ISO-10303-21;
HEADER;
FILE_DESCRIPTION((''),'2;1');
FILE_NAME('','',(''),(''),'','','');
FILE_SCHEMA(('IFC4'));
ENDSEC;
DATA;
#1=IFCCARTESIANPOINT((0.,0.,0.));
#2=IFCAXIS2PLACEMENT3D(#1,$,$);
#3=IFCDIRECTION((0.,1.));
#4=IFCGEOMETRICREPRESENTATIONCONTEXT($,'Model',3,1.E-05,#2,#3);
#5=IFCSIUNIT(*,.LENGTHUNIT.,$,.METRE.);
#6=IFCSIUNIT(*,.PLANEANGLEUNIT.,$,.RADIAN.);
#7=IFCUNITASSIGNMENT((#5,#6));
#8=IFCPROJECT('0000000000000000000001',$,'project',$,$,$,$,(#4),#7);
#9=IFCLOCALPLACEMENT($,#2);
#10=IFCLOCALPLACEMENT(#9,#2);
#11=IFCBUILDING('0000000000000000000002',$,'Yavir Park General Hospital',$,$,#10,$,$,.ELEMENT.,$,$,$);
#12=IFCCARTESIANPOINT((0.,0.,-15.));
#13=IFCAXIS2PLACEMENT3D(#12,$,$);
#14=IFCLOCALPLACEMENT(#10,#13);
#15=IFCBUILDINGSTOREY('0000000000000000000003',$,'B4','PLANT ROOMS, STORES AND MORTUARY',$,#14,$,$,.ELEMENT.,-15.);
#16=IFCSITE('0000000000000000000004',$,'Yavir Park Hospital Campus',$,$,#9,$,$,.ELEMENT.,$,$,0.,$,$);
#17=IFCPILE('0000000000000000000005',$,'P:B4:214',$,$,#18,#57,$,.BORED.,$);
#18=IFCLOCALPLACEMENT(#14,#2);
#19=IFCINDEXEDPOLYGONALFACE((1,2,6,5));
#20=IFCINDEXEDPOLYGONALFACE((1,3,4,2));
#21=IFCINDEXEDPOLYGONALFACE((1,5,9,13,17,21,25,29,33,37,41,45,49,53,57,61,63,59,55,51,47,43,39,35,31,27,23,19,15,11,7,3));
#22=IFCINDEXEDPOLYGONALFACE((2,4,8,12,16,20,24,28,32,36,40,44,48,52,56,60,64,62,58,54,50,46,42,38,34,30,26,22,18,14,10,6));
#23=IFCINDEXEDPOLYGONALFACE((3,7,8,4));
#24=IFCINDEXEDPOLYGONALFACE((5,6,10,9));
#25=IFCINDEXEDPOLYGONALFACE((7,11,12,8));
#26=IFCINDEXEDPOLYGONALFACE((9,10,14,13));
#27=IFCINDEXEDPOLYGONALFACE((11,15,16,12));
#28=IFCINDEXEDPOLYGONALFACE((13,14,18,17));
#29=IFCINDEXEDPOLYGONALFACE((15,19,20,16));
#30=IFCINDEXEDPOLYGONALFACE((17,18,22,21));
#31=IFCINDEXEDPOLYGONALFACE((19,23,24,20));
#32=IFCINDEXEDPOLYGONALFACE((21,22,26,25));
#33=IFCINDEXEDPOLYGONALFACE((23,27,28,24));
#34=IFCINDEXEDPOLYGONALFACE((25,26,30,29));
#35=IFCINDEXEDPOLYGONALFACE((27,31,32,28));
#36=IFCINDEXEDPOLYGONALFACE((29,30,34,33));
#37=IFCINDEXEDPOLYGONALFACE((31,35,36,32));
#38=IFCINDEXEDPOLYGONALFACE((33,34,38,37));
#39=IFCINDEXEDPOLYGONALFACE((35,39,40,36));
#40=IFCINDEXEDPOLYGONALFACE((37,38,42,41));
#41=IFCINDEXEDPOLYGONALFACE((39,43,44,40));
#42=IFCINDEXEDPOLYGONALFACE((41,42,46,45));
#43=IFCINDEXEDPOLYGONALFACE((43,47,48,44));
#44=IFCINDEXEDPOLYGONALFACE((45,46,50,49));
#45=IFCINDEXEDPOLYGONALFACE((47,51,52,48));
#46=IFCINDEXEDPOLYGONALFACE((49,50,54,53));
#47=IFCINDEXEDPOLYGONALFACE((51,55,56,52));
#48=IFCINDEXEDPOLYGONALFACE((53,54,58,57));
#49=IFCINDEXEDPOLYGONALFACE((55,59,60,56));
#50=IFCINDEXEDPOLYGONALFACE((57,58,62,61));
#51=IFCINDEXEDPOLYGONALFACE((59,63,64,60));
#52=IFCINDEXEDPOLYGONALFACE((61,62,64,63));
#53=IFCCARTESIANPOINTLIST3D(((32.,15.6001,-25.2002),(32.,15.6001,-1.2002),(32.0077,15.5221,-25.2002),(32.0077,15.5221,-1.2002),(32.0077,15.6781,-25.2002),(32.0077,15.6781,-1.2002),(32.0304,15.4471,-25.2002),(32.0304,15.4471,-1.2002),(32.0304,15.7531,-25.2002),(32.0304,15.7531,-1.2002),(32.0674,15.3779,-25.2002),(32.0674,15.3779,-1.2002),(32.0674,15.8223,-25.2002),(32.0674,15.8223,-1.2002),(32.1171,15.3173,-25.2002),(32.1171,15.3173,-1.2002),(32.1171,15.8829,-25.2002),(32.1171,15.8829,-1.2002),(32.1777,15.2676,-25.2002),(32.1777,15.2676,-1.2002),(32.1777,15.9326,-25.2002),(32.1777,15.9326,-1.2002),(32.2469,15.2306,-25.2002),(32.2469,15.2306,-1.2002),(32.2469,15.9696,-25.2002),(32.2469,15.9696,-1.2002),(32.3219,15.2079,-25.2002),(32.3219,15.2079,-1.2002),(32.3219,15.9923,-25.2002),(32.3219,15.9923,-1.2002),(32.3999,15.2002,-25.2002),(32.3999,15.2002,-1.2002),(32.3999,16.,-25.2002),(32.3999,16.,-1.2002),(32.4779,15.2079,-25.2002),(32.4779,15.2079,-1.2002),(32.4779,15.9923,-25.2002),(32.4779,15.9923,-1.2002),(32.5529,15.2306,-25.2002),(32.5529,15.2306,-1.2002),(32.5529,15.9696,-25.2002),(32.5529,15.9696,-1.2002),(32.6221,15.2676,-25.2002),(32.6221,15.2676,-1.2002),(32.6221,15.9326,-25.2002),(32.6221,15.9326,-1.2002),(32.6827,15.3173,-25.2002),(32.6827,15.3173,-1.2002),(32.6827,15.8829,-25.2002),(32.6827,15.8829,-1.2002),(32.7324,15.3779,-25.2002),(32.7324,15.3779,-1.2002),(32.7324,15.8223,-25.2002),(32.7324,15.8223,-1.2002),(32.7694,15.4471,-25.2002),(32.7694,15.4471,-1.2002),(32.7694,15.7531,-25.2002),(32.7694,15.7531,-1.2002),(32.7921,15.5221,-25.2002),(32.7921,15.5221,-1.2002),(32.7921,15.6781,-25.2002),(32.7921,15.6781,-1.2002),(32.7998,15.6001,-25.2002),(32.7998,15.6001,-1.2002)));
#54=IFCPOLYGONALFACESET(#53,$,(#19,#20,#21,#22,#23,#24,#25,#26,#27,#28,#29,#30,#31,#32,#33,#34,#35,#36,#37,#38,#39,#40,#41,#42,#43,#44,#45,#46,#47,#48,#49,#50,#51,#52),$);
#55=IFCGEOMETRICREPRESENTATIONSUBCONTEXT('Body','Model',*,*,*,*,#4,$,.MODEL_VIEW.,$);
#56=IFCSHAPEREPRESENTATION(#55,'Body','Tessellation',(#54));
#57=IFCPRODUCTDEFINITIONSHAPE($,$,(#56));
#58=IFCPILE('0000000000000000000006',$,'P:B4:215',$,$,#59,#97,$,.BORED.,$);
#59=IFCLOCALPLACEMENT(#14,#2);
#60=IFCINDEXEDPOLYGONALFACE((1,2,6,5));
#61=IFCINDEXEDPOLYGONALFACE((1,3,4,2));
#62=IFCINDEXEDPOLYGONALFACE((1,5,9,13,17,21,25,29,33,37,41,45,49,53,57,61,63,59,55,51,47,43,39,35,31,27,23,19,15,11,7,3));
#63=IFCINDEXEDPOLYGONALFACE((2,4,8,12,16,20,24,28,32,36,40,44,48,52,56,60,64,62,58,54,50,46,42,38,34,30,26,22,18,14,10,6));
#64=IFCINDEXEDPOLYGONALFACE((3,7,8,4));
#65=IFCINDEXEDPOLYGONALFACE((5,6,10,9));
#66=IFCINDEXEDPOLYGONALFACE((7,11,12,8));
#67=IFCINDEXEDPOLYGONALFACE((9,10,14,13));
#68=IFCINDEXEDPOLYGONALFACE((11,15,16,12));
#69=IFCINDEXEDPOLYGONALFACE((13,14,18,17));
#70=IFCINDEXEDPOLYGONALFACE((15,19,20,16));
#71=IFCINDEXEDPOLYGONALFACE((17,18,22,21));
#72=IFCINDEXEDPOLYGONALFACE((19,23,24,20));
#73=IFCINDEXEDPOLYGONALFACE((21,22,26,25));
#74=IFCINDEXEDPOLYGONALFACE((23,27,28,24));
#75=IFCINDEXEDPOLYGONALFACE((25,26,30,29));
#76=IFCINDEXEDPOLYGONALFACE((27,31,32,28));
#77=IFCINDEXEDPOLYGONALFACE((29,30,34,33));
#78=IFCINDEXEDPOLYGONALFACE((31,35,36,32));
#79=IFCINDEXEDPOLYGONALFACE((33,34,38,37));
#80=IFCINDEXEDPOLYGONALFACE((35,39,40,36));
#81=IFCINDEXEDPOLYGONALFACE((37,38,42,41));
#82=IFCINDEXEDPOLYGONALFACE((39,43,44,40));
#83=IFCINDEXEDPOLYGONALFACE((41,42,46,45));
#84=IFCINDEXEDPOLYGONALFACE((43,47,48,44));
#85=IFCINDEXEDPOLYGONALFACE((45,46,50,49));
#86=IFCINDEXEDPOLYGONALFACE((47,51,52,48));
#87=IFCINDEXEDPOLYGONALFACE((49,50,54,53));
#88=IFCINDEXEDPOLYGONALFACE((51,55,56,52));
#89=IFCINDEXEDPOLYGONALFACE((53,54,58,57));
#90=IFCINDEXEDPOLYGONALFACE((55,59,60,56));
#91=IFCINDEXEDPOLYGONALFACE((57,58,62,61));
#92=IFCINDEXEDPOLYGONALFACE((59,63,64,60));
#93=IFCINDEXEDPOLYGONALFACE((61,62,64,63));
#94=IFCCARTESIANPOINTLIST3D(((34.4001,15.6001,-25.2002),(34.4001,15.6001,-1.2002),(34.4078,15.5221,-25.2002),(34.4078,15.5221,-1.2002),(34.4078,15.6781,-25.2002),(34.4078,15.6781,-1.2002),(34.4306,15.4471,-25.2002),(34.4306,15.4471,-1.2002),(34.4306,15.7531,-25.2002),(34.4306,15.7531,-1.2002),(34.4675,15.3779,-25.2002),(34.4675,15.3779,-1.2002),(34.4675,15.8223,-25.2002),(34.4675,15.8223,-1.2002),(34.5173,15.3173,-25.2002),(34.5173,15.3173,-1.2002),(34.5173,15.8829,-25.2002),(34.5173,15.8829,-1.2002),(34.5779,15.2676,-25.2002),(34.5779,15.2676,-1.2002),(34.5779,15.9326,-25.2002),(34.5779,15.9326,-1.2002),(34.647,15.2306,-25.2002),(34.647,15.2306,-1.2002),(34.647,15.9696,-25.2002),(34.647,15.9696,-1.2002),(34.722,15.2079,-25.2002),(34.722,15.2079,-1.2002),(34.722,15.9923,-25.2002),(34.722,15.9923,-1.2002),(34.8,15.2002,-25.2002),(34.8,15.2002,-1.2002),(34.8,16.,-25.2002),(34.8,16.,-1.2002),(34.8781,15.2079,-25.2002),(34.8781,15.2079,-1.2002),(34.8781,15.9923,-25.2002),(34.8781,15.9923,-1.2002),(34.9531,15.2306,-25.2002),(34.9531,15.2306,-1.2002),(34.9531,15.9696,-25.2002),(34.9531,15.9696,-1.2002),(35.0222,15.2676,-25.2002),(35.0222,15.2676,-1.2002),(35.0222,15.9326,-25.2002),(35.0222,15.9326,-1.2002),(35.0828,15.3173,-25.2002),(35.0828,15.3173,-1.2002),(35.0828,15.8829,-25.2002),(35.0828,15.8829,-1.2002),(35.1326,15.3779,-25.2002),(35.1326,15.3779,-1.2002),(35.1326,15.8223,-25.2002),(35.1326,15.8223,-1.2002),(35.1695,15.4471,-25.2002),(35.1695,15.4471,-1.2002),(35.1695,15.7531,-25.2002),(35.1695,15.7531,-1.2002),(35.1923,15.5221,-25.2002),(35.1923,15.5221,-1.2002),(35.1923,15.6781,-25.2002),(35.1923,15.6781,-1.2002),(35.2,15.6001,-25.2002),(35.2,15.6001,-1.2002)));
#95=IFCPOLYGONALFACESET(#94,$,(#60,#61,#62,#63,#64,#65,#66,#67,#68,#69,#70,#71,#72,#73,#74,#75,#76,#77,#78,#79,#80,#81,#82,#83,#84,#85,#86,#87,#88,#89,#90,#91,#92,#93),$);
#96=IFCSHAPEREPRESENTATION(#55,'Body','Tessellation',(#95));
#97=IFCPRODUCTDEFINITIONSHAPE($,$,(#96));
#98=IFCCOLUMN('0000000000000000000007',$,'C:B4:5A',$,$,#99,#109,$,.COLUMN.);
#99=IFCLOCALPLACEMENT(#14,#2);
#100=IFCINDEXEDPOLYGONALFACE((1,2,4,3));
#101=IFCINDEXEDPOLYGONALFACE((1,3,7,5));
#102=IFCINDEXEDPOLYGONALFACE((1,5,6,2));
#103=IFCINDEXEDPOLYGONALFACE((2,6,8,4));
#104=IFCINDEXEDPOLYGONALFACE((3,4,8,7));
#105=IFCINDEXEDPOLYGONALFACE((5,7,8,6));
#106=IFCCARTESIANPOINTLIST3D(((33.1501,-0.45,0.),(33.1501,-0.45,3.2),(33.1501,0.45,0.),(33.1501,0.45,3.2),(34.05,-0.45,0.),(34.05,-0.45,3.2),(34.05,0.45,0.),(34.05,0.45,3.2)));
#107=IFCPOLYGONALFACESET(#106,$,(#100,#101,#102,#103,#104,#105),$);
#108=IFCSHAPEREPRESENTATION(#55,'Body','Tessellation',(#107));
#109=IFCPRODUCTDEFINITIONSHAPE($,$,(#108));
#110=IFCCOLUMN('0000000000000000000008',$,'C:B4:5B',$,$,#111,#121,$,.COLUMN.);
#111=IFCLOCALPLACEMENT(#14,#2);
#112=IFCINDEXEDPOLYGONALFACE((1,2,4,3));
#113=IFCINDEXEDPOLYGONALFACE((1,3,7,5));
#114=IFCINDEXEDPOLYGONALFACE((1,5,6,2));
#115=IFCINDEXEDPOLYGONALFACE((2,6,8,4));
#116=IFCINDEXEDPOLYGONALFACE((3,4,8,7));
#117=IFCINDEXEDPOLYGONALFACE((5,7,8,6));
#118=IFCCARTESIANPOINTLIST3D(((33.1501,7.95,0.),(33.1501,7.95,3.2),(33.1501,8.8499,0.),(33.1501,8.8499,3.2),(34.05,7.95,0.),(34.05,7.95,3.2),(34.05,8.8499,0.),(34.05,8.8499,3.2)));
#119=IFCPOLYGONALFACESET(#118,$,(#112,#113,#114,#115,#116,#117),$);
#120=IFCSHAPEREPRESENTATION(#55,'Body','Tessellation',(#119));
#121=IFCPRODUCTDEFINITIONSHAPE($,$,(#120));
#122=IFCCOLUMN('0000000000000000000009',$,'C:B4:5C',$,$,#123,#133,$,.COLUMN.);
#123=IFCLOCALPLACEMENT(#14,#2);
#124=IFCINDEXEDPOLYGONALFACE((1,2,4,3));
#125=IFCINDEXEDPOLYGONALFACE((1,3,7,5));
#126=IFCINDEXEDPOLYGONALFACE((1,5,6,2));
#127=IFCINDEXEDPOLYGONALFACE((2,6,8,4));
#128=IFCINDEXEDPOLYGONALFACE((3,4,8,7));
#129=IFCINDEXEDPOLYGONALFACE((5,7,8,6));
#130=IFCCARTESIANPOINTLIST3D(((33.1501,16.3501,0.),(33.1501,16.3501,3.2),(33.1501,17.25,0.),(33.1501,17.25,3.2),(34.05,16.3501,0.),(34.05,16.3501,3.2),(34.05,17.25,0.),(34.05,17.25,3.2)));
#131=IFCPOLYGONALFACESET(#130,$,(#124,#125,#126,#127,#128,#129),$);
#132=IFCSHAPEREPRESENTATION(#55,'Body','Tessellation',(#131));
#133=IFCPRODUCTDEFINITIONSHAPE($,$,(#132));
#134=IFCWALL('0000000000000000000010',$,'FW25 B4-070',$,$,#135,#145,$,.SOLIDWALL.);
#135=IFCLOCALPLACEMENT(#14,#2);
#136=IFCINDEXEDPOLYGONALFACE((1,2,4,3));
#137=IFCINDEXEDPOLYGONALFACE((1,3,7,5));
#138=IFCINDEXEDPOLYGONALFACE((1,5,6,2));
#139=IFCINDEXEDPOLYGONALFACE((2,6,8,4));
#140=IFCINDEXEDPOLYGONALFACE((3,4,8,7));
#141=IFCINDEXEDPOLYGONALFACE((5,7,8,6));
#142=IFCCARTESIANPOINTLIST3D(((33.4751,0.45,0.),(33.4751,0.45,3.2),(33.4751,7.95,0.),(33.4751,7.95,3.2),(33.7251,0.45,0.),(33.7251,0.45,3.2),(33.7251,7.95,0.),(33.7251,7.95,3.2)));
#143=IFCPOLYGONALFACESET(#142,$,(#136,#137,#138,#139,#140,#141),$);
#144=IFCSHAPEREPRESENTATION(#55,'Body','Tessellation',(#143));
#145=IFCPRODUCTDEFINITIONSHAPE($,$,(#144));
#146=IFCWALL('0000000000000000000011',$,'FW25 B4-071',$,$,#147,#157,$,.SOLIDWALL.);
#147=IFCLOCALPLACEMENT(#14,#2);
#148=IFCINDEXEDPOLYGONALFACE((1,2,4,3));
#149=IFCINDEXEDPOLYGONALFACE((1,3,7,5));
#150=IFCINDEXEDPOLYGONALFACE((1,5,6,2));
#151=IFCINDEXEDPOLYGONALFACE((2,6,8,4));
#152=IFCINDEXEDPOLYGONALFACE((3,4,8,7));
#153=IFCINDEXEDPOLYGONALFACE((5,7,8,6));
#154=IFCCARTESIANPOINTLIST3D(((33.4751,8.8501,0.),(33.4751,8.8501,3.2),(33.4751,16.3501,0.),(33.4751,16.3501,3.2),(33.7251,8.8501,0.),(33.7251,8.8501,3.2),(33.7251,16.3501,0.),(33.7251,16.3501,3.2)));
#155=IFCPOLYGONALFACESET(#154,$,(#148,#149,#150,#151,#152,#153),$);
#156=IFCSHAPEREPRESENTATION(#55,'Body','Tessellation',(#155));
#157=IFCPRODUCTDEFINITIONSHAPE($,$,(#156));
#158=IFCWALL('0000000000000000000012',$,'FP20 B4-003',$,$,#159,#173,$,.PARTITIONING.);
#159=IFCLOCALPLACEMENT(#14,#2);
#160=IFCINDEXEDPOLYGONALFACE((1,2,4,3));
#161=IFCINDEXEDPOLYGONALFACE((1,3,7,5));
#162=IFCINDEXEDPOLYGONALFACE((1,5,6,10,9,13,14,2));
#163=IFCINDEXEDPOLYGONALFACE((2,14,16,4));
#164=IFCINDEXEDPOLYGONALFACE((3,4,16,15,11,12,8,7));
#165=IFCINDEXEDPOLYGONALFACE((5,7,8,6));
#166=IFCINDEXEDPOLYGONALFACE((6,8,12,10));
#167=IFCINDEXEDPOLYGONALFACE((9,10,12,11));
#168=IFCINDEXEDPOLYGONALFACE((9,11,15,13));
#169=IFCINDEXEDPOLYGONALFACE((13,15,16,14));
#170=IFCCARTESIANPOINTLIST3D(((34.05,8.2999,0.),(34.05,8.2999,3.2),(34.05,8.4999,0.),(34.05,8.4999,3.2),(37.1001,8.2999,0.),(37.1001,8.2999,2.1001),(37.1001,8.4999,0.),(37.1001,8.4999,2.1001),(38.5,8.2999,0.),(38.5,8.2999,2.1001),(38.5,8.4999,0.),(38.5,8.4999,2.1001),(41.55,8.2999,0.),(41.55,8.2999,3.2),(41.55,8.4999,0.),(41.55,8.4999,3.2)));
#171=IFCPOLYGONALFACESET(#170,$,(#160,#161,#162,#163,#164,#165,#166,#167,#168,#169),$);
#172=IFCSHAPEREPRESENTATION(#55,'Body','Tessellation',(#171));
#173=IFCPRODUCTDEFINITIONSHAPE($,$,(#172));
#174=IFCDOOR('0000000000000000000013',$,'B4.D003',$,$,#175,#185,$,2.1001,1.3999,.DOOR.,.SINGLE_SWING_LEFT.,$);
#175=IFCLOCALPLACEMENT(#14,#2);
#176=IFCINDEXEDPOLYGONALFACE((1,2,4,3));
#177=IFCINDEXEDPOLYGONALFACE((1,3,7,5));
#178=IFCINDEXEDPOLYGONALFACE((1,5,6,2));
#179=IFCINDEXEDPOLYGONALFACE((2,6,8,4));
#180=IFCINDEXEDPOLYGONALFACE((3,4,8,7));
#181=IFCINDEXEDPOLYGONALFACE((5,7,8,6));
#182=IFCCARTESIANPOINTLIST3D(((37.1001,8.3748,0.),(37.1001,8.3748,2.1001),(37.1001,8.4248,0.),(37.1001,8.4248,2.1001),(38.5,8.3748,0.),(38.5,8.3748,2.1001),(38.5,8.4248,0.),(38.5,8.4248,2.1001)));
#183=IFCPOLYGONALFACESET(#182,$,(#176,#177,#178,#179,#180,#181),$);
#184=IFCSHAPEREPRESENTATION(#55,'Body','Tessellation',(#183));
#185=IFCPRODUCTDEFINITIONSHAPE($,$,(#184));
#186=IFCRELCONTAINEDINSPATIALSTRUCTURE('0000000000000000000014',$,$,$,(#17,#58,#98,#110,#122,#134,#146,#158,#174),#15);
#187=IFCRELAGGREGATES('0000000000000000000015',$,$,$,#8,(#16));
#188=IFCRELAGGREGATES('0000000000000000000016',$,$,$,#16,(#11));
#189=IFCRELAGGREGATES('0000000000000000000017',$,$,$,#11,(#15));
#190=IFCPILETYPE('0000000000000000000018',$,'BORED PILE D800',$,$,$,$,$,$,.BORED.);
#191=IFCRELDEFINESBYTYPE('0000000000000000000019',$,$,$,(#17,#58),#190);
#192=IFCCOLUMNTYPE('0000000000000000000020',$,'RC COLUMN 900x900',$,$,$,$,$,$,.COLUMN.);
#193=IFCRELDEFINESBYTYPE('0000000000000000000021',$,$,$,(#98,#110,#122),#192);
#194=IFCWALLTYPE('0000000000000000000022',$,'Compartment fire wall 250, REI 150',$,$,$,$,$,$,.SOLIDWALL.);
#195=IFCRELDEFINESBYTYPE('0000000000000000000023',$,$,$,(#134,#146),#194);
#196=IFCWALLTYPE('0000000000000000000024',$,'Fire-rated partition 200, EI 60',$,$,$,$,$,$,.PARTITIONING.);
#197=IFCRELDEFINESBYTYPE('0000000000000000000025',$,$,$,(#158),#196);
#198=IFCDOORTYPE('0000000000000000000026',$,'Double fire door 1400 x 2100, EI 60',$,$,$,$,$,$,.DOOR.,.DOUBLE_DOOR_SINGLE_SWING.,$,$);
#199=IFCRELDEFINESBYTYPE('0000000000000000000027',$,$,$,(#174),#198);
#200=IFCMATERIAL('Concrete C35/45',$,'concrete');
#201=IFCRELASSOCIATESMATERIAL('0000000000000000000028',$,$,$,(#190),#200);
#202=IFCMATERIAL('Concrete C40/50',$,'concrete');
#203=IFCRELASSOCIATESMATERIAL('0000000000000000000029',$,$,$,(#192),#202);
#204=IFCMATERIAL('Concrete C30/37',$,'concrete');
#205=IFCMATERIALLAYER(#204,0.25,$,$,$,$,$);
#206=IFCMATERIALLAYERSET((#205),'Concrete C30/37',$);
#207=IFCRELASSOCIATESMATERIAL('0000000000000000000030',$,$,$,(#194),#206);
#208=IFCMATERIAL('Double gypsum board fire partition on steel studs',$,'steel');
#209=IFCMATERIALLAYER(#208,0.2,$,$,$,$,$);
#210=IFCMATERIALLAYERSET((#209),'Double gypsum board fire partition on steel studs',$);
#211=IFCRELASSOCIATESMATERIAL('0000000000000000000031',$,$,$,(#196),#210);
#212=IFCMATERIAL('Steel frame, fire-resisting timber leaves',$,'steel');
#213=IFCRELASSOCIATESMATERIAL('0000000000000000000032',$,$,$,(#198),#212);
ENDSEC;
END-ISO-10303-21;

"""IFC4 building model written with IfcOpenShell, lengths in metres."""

from ifc_helpers import new_model, si_unit, direction, frame, frame_2d, origin, origin_2d, place, context, subcontext, project, spatial, rectangle, circle, extrude, material, layer, layer_set, material_profile, profile_set, type_object, element, fill, save


model = new_model("IFC4")

# Units and contexts
model_context = context("Model", 3, precision=1e-05, world=origin(), true_north=direction((0.0, 1.0)))
body_context = subcontext(model_context, "Body", "Model", "MODEL_VIEW")
ifc_project = project(units=[si_unit("LENGTHUNIT", "METRE"), si_unit("PLANEANGLEUNIT", "RADIAN")], contexts=[model_context])

# Site, building, storey
site_placement = place(None, origin())
site = spatial("IfcSite", under=ifc_project, at=site_placement, Name="Yavir Park Hospital Campus", CompositionType="ELEMENT", RefElevation=0.0)
building_placement = place(site_placement, origin())
building = spatial("IfcBuilding", under=site, at=building_placement, Name="Yavir Park General Hospital", CompositionType="ELEMENT")
storey_placement = place(building_placement, frame((0.0, 0.0, -15.0)))
storey = spatial("IfcBuildingStorey", under=building, at=storey_placement, Name="B4", Description="PLANT ROOMS, STORES AND MORTUARY", CompositionType="ELEMENT", Elevation=-15.0)

# Piles
ifc_material_1 = material(Name="Concrete C35/45", Category="concrete")
ifc_material_profile_1 = material_profile(ifc_material_1, circle(Radius=0.3999, at=origin_2d()), Name="D800")
ifc_profile_set_1 = profile_set([ifc_material_profile_1], Name="Concrete C35/45")
pile_type_1 = type_object("IfcPileType", Name="BORED PILE D800", PredefinedType="BORED", material=ifc_profile_set_1)
for number, where, z_axis, x_axis, name in (
    (1, (32.3999, 15.6001, -1.2002), (0.0, 0.0, -1.0), (1.0, 0.0, 0.0), "P:B4:214"),
    (2, (34.8, 15.6001, -1.2002), (0.0, 0.0, -1.0), (1.0, 0.0, 0.0), "P:B4:215"),
):
    element("IfcPile", number, at=place(storey_placement, frame(where, z_axis=z_axis, x_axis=x_axis)), inside=storey, type_object=pile_type_1, Name=name, PredefinedType="BORED", context=body_context, shape_type="SweptSolid", body=[
        extrude(circle(Radius=0.3999, at=origin_2d()), origin(), (0.0, 0.0, 1.0), 24.0),
    ])

# Columns
ifc_material_2 = material(Name="Concrete C40/50", Category="concrete")
ifc_material_profile_2 = material_profile(ifc_material_2, rectangle(XDim=0.8999, YDim=0.8999, at=origin_2d()), Name="RC900x900")
ifc_profile_set_2 = profile_set([ifc_material_profile_2], Name="Concrete C40/50")
column_type = type_object("IfcColumnType", Name="RC COLUMN 900x900", PredefinedType="COLUMN", material=ifc_profile_set_2)
for number, where, z_axis, x_axis, name in (
    (3, (33.6001, 0.0, 0.0), (0.0, 0.0, 1.0), (1.0, 0.0, 0.0), "C:B4:5A"),
    (4, (33.6001, 8.3999, 0.0), (0.0, 0.0, 1.0), (1.0, 0.0, 0.0), "C:B4:5B"),
    (5, (33.6001, 16.8, 0.0), (0.0, 0.0, 1.0), (1.0, 0.0, 0.0), "C:B4:5C"),
):
    element("IfcColumn", number, at=place(storey_placement, frame(where, z_axis=z_axis, x_axis=x_axis)), inside=storey, type_object=column_type, Name=name, PredefinedType="COLUMN", context=body_context, shape_type="SweptSolid", body=[
        extrude(rectangle(XDim=0.8999, YDim=0.8999, at=origin_2d()), origin(), (0.0, 0.0, 1.0), 3.2),
    ])

# Walls
ifc_material_3 = material(Name="Concrete C30/37", Category="concrete")
ifc_layer_1 = layer(ifc_material_3, 0.25)
ifc_layer_set_1 = layer_set([ifc_layer_1], Name="Concrete C30/37")
wall_type_1 = type_object("IfcWallType", Name="Compartment fire wall 250, REI 150", PredefinedType="SOLIDWALL", material=ifc_layer_set_1)
for number, where, z_axis, x_axis, name in (
    (6, (33.6001, 0.45, 0.0), (0.0, 0.0, 1.0), (0.0, 1.0, 0.0), "FW25 B4-070"),
    (7, (33.6001, 8.8501, 0.0), (0.0, 0.0, 1.0), (0.0, 1.0, 0.0), "FW25 B4-071"),
):
    element("IfcWall", number, at=place(storey_placement, frame(where, z_axis=z_axis, x_axis=x_axis)), inside=storey, type_object=wall_type_1, Name=name, PredefinedType="SOLIDWALL", context=body_context, shape_type="SweptSolid", body=[
        extrude(rectangle(XDim=7.5, YDim=0.25, at=frame_2d((3.75, 0.0))), origin(), (0.0, 0.0, 1.0), 3.2),
    ])

# Wall, opening, door
ifc_material_4 = material(Name="Double gypsum board fire partition on steel studs", Category="steel")
ifc_layer_2 = layer(ifc_material_4, 0.2)
ifc_layer_set_2 = layer_set([ifc_layer_2], Name="Double gypsum board fire partition on steel studs")
wall_type_2 = type_object("IfcWallType", Name="Fire-rated partition 200, EI 60", PredefinedType="PARTITIONING", material=ifc_layer_set_2)
wall_1_placement = place(storey_placement, frame((34.05, 8.3999, 0.0), z_axis=(0.0, 0.0, 1.0), x_axis=(1.0, 0.0, 0.0)))
wall_1 = element("IfcWall", 8, at=wall_1_placement, inside=storey, type_object=wall_type_2, Name="FP20 B4-003", PredefinedType="PARTITIONING", context=body_context, shape_type="SweptSolid", body=[
    extrude(rectangle(XDim=7.5, YDim=0.2, at=frame_2d((3.75, 0.0))), origin(), (0.0, 0.0, 1.0), 3.2),
])
opening_1_placement = place(wall_1_placement, frame((3.05, 0.0, 0.0)))
opening_1 = element("IfcOpeningElement", 9, at=opening_1_placement, cuts=wall_1, PredefinedType="OPENING", context=body_context, shape_type="SweptSolid", body=[
    extrude(rectangle(XDim=1.3999, YDim=2.1001, at=frame_2d((0.7, 1.05))), frame((0.0, 0.1099, 0.0), z_axis=(0.0, -1.0, 0.0), x_axis=(1.0, 0.0, 0.0)), (0.0, 0.0, 1.0), 0.22),
])
ifc_material_5 = material(Name="Steel frame, fire-resisting timber leaves", Category="steel")
door_type = type_object("IfcDoorType", Name="Double fire door 1400 x 2100, EI 60", OperationType="DOUBLE_DOOR_SINGLE_SWING", PredefinedType="DOOR", material=ifc_material_5)
door_1_placement = place(opening_1_placement, origin())
door_1 = element("IfcDoor", 10, at=door_1_placement, inside=storey, type_object=door_type, Name="B4.D003", OperationType="SINGLE_SWING_LEFT", OverallHeight=2.1001, OverallWidth=1.3999, PredefinedType="DOOR", context=body_context, shape_type="SweptSolid", body=[
    extrude(rectangle(XDim=1.3999, YDim=2.1001, at=frame_2d((0.7, 1.05))), frame((0.0, 0.0249, 0.0), z_axis=(0.0, -1.0, 0.0), x_axis=(1.0, 0.0, 0.0)), (0.0, 0.0, 1.0), 0.05),
])
fill(opening_1, door_1)

save(model, "model.ifc")
